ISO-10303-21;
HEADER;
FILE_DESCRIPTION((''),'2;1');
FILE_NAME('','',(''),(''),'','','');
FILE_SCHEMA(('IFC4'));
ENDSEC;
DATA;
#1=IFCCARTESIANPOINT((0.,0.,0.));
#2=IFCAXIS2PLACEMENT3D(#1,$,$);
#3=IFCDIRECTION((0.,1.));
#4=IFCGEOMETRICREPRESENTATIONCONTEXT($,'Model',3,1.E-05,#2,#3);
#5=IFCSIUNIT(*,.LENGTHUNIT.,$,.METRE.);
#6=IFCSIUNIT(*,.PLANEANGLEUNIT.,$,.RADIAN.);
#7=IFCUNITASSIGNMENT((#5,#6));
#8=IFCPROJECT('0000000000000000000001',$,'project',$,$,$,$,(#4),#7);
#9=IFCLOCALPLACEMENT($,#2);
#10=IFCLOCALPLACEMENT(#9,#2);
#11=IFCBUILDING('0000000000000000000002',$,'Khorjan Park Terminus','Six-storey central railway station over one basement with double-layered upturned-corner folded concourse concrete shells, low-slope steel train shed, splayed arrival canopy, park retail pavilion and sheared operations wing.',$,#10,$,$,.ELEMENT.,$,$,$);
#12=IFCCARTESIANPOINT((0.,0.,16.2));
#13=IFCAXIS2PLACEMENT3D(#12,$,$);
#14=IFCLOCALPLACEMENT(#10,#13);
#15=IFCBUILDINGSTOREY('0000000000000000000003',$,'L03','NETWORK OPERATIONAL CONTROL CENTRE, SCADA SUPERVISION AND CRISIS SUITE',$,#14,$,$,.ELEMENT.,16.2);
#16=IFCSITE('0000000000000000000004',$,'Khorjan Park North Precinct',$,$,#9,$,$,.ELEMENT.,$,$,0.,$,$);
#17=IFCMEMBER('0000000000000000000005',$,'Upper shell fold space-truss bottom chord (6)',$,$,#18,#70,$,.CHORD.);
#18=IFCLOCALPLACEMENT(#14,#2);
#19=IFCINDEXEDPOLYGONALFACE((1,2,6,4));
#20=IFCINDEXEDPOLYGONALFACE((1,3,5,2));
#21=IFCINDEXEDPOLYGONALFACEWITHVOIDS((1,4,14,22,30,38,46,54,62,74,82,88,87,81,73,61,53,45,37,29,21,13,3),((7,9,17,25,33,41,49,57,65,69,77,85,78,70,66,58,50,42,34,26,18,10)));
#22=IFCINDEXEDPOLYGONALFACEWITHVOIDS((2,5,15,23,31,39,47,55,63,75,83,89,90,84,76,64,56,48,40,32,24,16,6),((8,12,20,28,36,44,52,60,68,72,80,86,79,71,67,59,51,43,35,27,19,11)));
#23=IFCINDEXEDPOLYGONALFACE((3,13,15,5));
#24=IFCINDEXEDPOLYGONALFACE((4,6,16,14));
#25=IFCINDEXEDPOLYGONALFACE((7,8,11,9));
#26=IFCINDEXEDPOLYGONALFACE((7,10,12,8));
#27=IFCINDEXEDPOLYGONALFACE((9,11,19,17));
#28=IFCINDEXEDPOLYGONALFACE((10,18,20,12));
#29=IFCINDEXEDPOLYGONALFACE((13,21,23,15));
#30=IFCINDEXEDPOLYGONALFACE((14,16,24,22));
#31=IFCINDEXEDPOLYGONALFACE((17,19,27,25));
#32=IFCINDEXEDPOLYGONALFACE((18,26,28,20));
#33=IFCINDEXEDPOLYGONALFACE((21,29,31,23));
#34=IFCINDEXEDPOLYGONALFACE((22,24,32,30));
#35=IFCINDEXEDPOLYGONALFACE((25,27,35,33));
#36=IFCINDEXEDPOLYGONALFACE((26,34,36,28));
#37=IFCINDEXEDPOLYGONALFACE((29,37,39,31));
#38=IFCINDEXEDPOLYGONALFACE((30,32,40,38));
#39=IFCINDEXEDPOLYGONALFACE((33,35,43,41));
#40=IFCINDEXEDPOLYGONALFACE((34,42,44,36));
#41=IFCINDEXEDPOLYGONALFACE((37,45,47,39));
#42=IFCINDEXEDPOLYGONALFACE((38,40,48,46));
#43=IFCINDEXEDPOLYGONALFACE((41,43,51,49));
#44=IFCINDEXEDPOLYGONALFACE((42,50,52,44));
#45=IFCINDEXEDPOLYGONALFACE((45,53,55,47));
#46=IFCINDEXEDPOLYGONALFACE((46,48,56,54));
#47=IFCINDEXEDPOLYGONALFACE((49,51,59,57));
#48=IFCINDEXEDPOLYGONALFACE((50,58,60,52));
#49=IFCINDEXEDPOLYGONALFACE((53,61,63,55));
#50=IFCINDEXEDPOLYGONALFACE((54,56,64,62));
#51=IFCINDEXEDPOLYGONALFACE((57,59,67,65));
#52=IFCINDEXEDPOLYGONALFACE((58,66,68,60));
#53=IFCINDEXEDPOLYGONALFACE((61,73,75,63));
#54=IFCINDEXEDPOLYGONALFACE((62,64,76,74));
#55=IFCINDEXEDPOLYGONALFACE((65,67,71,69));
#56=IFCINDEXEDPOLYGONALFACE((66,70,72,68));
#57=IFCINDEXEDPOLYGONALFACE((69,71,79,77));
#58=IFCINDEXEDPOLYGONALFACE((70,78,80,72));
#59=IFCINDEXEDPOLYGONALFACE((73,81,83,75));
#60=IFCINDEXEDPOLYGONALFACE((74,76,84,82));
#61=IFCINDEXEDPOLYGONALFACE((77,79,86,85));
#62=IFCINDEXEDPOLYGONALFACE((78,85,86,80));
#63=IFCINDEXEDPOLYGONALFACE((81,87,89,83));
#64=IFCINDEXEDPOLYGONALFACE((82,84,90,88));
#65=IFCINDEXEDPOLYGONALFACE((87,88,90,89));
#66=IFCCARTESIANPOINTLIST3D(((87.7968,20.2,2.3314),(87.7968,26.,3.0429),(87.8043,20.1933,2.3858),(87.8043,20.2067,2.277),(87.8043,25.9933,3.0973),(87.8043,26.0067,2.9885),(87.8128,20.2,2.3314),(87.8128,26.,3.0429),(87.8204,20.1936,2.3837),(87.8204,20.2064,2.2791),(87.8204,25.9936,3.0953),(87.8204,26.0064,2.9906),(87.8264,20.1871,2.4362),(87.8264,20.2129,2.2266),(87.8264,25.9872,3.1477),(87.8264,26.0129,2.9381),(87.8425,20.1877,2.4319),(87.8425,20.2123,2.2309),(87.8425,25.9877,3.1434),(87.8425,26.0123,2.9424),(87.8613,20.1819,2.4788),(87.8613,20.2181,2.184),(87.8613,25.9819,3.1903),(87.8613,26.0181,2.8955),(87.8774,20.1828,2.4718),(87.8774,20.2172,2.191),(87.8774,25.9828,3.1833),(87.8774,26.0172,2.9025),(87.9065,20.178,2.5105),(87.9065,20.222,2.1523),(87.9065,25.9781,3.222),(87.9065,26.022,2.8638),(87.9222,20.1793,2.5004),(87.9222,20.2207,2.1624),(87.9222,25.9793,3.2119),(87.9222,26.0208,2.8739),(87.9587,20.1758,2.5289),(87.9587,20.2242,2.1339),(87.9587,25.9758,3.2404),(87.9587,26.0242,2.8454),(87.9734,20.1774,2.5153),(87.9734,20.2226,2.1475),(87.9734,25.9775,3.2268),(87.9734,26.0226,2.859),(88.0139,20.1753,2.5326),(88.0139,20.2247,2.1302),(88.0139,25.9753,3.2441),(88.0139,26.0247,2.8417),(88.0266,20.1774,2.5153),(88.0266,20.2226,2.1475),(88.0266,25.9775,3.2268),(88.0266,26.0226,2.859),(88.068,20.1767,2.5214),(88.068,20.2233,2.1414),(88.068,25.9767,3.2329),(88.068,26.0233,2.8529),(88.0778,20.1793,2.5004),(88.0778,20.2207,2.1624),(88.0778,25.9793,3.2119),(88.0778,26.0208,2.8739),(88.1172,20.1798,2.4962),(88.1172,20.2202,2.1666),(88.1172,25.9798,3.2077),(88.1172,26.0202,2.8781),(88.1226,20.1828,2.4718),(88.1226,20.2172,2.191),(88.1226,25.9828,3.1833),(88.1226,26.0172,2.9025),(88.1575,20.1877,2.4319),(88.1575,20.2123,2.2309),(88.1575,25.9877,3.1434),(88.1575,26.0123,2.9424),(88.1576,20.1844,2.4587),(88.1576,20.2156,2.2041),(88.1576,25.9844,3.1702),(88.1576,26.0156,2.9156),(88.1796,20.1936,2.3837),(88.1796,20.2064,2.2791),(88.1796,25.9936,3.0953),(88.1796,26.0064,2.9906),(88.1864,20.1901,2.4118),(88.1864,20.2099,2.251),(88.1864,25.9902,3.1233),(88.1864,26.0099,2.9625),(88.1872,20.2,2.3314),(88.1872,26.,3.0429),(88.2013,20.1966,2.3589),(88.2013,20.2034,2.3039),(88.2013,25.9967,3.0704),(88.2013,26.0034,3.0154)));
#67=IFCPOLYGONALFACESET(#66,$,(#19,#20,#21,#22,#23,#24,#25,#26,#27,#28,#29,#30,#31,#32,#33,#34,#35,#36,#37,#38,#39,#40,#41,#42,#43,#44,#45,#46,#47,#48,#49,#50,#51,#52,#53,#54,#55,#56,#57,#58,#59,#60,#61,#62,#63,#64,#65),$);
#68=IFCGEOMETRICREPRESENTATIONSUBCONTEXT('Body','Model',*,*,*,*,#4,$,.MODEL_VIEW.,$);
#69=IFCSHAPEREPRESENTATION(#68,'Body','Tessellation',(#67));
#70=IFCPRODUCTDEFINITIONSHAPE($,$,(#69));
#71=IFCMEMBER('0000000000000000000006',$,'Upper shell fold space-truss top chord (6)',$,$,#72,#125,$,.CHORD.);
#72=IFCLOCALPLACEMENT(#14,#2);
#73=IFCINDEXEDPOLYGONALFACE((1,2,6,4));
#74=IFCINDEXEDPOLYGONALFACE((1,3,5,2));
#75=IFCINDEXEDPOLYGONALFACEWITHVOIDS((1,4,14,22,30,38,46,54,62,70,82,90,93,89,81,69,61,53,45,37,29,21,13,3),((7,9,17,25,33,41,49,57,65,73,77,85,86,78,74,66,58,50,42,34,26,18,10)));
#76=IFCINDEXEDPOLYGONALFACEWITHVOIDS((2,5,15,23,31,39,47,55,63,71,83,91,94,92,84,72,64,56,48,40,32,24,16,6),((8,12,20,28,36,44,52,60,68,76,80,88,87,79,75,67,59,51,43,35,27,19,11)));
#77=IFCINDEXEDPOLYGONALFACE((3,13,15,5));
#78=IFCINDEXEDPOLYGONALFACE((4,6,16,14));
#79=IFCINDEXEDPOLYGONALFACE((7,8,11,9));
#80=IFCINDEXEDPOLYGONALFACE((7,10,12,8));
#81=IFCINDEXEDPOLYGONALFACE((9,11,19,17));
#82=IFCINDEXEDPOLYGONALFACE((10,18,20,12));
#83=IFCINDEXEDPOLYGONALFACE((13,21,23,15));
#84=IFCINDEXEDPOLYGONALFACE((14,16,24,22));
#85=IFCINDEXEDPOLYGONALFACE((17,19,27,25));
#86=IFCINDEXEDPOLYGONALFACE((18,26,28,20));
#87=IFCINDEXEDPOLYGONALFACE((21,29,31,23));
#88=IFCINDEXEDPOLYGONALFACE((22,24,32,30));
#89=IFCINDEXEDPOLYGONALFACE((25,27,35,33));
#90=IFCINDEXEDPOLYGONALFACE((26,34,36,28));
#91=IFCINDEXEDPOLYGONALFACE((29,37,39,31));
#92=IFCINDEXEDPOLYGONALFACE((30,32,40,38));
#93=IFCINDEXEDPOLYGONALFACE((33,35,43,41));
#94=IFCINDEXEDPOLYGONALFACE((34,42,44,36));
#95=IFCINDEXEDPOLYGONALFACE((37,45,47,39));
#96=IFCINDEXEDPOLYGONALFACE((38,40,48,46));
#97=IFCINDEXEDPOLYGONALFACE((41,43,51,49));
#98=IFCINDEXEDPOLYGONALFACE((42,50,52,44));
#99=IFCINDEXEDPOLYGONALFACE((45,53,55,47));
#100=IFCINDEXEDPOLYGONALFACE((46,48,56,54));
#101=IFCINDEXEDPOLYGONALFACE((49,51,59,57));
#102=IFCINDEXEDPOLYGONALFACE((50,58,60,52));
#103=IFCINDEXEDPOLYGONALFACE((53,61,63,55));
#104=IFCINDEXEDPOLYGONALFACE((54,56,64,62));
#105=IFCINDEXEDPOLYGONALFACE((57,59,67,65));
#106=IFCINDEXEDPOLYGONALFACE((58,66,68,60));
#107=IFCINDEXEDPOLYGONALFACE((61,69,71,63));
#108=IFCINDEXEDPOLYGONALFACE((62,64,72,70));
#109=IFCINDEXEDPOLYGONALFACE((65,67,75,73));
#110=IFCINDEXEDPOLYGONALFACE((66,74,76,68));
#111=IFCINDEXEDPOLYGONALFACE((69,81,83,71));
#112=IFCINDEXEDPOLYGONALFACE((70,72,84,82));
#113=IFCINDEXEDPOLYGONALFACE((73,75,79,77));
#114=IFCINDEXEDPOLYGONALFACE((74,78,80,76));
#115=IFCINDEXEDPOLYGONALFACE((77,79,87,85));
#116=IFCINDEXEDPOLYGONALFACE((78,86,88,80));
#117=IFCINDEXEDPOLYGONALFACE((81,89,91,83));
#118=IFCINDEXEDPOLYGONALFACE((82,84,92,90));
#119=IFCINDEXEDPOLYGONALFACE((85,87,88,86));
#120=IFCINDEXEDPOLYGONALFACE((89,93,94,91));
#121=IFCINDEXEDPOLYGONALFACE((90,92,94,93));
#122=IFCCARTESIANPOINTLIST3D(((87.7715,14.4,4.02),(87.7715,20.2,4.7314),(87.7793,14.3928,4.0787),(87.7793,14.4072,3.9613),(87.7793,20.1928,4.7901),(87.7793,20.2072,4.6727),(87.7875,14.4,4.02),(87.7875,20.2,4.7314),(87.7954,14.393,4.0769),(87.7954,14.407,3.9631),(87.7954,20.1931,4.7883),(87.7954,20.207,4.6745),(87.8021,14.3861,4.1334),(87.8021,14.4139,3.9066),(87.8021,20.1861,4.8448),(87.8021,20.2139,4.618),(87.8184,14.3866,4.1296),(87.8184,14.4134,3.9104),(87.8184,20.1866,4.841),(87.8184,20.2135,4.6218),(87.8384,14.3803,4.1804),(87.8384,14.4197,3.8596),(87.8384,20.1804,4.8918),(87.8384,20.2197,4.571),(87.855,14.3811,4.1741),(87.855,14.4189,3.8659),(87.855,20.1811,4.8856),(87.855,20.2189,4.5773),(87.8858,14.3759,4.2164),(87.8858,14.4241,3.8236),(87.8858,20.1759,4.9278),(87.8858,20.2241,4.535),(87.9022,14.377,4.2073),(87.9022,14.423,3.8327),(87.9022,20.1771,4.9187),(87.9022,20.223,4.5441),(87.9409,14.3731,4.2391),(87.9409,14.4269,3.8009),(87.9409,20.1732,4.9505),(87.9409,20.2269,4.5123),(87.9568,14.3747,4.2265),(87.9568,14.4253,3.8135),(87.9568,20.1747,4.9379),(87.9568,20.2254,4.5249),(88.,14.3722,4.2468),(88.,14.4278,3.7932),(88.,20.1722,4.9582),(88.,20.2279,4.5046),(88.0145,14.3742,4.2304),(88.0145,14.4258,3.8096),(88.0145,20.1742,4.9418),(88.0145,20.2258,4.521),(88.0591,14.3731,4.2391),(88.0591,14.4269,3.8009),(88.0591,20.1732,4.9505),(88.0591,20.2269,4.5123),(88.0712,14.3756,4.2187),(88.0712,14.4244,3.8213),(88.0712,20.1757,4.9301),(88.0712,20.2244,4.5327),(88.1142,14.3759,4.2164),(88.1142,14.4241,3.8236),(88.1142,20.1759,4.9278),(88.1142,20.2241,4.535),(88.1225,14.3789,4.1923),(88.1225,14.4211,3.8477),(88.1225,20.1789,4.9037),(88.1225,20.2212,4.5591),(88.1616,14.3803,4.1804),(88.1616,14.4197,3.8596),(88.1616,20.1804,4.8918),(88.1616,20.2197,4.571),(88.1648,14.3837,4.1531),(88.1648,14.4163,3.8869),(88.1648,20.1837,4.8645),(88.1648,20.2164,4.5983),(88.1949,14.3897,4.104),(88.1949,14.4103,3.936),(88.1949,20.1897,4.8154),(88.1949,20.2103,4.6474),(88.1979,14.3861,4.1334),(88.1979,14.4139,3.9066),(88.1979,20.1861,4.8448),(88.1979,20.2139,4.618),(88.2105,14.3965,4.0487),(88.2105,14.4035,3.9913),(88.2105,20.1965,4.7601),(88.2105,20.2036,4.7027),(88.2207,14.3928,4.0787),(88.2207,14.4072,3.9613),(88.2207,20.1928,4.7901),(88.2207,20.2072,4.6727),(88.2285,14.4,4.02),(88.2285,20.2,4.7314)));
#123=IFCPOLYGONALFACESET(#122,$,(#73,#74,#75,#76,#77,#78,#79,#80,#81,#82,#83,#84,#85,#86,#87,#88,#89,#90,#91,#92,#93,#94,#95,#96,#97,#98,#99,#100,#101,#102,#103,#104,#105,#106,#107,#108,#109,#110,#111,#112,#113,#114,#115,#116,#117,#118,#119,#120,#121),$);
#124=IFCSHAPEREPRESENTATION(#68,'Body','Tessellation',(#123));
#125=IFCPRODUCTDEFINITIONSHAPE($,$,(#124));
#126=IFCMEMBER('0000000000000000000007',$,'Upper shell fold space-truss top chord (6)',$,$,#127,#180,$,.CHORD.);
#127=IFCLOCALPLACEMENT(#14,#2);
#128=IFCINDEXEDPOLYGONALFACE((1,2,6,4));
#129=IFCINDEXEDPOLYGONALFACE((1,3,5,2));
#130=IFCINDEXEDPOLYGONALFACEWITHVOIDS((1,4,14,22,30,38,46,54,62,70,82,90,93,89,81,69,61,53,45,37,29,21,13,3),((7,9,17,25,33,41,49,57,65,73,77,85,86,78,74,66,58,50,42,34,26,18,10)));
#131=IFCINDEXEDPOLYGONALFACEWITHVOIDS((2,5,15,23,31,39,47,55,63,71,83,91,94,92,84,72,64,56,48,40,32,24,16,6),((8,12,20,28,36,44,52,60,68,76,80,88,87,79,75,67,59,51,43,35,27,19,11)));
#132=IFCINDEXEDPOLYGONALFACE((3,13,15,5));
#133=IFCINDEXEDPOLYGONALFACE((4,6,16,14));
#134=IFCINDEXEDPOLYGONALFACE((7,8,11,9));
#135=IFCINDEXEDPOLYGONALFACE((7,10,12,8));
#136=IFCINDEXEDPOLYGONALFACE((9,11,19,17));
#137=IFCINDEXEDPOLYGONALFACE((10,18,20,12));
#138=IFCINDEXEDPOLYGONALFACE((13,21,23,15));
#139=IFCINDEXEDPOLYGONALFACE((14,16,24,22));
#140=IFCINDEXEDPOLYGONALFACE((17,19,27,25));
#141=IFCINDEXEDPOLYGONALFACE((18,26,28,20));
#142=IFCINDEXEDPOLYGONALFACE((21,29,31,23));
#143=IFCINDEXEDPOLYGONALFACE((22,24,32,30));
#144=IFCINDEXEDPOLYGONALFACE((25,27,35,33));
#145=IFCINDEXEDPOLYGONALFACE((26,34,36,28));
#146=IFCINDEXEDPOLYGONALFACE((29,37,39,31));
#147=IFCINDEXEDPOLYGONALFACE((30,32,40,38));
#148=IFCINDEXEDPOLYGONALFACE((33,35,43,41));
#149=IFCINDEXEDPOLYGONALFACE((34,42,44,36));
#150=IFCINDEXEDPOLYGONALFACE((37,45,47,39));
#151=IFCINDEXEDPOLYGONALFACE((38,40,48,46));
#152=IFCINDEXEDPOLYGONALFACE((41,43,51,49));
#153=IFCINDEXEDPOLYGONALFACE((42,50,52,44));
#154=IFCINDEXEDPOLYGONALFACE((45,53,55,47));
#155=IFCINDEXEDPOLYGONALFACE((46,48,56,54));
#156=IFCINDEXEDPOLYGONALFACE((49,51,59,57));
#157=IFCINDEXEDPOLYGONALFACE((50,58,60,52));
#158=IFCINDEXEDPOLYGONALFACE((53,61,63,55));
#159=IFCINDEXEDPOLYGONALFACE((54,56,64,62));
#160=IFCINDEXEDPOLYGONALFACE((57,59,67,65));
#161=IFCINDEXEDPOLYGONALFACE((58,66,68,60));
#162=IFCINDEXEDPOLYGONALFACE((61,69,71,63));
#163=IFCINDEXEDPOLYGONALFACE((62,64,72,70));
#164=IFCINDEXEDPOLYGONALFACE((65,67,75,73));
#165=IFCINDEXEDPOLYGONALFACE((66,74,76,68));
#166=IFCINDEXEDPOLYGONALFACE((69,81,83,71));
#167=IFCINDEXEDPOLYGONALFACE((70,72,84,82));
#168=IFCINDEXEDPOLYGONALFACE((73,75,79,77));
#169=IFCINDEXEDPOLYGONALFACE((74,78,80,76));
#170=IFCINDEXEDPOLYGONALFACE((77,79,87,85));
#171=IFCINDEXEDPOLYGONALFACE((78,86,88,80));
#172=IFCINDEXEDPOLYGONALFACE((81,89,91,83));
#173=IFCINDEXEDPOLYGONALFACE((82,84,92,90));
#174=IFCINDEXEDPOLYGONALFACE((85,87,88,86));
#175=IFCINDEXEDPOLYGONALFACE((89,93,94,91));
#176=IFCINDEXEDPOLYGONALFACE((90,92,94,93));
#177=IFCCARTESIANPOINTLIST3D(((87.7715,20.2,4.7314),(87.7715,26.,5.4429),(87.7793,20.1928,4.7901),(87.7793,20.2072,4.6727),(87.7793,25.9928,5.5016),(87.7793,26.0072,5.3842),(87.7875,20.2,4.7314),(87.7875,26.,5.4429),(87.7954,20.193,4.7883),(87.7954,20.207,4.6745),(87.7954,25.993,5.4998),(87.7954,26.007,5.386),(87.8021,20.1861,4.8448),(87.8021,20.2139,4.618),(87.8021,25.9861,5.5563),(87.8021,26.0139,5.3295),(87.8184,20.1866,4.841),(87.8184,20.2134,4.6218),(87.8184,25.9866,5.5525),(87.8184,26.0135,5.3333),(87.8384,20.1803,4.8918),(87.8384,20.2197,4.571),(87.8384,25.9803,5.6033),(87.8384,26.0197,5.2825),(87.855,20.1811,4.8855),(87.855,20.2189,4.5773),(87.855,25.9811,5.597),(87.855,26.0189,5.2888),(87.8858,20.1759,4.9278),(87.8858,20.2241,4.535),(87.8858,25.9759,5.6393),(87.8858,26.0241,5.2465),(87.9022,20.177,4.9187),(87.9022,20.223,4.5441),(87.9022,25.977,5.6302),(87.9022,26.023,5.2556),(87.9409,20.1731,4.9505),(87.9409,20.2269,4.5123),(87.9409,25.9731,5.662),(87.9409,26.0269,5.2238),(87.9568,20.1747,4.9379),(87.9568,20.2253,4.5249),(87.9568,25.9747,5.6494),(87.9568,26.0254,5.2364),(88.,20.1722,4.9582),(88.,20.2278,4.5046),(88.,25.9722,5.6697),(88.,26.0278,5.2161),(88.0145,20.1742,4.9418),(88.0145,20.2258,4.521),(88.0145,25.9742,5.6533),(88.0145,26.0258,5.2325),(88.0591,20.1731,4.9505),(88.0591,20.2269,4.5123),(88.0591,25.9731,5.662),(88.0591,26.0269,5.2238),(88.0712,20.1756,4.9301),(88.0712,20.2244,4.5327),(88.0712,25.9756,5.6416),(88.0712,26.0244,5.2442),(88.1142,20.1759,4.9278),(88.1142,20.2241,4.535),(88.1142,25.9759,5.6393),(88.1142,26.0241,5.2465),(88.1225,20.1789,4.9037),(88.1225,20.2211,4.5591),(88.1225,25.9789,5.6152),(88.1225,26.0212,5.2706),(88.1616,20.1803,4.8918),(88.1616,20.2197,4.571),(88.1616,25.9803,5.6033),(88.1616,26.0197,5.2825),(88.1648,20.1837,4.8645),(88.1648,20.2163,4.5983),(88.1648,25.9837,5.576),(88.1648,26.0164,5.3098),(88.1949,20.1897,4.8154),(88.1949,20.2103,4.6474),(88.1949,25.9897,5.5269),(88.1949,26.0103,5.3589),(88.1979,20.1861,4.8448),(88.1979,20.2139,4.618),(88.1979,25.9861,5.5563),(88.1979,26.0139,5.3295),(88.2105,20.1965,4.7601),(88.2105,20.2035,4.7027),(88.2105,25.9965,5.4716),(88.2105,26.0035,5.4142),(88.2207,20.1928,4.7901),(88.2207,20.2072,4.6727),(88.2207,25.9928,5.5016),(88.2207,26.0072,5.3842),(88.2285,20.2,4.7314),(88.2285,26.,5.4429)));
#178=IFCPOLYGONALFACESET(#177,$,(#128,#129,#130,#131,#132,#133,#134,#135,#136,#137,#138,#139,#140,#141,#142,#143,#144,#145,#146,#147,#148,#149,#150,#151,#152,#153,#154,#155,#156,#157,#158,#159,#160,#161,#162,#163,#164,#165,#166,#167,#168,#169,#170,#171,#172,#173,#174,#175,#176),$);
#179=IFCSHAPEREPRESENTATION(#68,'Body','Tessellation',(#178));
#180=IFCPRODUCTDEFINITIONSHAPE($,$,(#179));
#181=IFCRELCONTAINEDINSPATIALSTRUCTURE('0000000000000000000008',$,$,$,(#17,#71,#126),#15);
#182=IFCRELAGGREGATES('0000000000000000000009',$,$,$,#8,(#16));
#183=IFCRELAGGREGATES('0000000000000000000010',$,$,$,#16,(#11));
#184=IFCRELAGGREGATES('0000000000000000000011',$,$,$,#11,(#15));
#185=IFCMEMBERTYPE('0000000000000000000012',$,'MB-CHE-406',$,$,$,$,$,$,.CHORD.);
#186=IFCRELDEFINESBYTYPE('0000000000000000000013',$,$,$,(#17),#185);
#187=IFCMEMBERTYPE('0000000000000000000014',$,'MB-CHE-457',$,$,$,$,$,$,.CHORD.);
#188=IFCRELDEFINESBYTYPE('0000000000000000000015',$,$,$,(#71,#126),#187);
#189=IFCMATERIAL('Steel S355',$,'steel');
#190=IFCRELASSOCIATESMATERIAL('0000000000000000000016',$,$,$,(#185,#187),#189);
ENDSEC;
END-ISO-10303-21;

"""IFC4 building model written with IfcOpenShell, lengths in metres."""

from ifc_helpers import new_model, si_unit, direction, frame, origin, origin_2d, place, context, subcontext, project, spatial, hollow_circle, extrude, material, material_profile, profile_set, type_object, element, save


model = new_model("IFC4")

# Units and contexts
model_context = context("Model", 3, precision=1e-05, world=origin(), true_north=direction((0.0, 1.0)))
body_context = subcontext(model_context, "Body", "Model", "MODEL_VIEW")
ifc_project = project(units=[si_unit("LENGTHUNIT", "METRE"), si_unit("PLANEANGLEUNIT", "RADIAN")], contexts=[model_context])

# Site, building, storey
site_placement = place(None, origin())
site = spatial("IfcSite", under=ifc_project, at=site_placement, Name="Khorjan Park North Precinct", CompositionType="ELEMENT", RefElevation=0.0)
building_placement = place(site_placement, origin())
building = spatial("IfcBuilding", under=site, at=building_placement, Name="Khorjan Park Terminus", Description="Six-storey central railway station over one basement with double-layered upturned-corner folded concourse concrete shells, low-slope steel train shed, splayed arrival canopy, park retail pavilion and sheared operations wing.", CompositionType="ELEMENT")
storey_placement = place(building_placement, frame((0.0, 0.0, 16.2)))
storey = spatial("IfcBuildingStorey", under=building, at=storey_placement, Name="L03", Description="NETWORK OPERATIONAL CONTROL CENTRE, SCADA SUPERVISION AND CRISIS SUITE", CompositionType="ELEMENT", Elevation=16.2)

# Members
ifc_material_1 = material(Name="Steel S355", Category="steel")
ifc_material_profile_1 = material_profile(ifc_material_1, hollow_circle(Radius=0.2032, WallThickness=0.016, at=origin_2d()), Name="CHS 406.4x16")
ifc_profile_set_1 = profile_set([ifc_material_profile_1], Name="Steel S355")
member_type_1 = type_object("IfcMemberType", Name="MB-CHE-406", PredefinedType="CHORD", material=ifc_profile_set_1)
for number, where, z_axis, x_axis, name in (
    (1, (88.0, 20.2, 2.3314), (0.0, 0.99256, 0.12176), (-1.0, 0.0, 0.0), "Upper shell fold space-truss bottom chord (6)"),
):
    element("IfcMember", number, at=place(storey_placement, frame(where, z_axis=z_axis, x_axis=x_axis)), inside=storey, type_object=member_type_1, Name=name, PredefinedType="CHORD", context=body_context, shape_type="SweptSolid", body=[
        extrude(hollow_circle(Radius=0.2032, WallThickness=0.016, at=origin_2d()), origin(), (0.0, 0.0, 1.0), 5.8435),
    ])
ifc_material_profile_2 = material_profile(ifc_material_1, hollow_circle(Radius=0.2285, WallThickness=0.016, at=origin_2d()), Name="CHS 457x16")
ifc_profile_set_2 = profile_set([ifc_material_profile_2], Name="Steel S355")
member_type_2 = type_object("IfcMemberType", Name="MB-CHE-457", PredefinedType="CHORD", material=ifc_profile_set_2)
for number, where, z_axis, x_axis, name in (
    (2, (88.0, 14.4, 4.02), (0.0, 0.992562, 0.121743), (-1.0, 0.0, 0.0), "Upper shell fold space-truss top chord (6)"),
    (3, (88.0, 20.2, 4.7314), (0.0, 0.99256, 0.12176), (-1.0, 0.0, 0.0), "Upper shell fold space-truss top chord (6)"),
):
    element("IfcMember", number, at=place(storey_placement, frame(where, z_axis=z_axis, x_axis=x_axis)), inside=storey, type_object=member_type_2, Name=name, PredefinedType="CHORD", context=body_context, shape_type="SweptSolid", body=[
        extrude(hollow_circle(Radius=0.2285, WallThickness=0.016, at=origin_2d()), origin(), (0.0, 0.0, 1.0), 5.8435),
    ])

save(model, "model.ifc")
